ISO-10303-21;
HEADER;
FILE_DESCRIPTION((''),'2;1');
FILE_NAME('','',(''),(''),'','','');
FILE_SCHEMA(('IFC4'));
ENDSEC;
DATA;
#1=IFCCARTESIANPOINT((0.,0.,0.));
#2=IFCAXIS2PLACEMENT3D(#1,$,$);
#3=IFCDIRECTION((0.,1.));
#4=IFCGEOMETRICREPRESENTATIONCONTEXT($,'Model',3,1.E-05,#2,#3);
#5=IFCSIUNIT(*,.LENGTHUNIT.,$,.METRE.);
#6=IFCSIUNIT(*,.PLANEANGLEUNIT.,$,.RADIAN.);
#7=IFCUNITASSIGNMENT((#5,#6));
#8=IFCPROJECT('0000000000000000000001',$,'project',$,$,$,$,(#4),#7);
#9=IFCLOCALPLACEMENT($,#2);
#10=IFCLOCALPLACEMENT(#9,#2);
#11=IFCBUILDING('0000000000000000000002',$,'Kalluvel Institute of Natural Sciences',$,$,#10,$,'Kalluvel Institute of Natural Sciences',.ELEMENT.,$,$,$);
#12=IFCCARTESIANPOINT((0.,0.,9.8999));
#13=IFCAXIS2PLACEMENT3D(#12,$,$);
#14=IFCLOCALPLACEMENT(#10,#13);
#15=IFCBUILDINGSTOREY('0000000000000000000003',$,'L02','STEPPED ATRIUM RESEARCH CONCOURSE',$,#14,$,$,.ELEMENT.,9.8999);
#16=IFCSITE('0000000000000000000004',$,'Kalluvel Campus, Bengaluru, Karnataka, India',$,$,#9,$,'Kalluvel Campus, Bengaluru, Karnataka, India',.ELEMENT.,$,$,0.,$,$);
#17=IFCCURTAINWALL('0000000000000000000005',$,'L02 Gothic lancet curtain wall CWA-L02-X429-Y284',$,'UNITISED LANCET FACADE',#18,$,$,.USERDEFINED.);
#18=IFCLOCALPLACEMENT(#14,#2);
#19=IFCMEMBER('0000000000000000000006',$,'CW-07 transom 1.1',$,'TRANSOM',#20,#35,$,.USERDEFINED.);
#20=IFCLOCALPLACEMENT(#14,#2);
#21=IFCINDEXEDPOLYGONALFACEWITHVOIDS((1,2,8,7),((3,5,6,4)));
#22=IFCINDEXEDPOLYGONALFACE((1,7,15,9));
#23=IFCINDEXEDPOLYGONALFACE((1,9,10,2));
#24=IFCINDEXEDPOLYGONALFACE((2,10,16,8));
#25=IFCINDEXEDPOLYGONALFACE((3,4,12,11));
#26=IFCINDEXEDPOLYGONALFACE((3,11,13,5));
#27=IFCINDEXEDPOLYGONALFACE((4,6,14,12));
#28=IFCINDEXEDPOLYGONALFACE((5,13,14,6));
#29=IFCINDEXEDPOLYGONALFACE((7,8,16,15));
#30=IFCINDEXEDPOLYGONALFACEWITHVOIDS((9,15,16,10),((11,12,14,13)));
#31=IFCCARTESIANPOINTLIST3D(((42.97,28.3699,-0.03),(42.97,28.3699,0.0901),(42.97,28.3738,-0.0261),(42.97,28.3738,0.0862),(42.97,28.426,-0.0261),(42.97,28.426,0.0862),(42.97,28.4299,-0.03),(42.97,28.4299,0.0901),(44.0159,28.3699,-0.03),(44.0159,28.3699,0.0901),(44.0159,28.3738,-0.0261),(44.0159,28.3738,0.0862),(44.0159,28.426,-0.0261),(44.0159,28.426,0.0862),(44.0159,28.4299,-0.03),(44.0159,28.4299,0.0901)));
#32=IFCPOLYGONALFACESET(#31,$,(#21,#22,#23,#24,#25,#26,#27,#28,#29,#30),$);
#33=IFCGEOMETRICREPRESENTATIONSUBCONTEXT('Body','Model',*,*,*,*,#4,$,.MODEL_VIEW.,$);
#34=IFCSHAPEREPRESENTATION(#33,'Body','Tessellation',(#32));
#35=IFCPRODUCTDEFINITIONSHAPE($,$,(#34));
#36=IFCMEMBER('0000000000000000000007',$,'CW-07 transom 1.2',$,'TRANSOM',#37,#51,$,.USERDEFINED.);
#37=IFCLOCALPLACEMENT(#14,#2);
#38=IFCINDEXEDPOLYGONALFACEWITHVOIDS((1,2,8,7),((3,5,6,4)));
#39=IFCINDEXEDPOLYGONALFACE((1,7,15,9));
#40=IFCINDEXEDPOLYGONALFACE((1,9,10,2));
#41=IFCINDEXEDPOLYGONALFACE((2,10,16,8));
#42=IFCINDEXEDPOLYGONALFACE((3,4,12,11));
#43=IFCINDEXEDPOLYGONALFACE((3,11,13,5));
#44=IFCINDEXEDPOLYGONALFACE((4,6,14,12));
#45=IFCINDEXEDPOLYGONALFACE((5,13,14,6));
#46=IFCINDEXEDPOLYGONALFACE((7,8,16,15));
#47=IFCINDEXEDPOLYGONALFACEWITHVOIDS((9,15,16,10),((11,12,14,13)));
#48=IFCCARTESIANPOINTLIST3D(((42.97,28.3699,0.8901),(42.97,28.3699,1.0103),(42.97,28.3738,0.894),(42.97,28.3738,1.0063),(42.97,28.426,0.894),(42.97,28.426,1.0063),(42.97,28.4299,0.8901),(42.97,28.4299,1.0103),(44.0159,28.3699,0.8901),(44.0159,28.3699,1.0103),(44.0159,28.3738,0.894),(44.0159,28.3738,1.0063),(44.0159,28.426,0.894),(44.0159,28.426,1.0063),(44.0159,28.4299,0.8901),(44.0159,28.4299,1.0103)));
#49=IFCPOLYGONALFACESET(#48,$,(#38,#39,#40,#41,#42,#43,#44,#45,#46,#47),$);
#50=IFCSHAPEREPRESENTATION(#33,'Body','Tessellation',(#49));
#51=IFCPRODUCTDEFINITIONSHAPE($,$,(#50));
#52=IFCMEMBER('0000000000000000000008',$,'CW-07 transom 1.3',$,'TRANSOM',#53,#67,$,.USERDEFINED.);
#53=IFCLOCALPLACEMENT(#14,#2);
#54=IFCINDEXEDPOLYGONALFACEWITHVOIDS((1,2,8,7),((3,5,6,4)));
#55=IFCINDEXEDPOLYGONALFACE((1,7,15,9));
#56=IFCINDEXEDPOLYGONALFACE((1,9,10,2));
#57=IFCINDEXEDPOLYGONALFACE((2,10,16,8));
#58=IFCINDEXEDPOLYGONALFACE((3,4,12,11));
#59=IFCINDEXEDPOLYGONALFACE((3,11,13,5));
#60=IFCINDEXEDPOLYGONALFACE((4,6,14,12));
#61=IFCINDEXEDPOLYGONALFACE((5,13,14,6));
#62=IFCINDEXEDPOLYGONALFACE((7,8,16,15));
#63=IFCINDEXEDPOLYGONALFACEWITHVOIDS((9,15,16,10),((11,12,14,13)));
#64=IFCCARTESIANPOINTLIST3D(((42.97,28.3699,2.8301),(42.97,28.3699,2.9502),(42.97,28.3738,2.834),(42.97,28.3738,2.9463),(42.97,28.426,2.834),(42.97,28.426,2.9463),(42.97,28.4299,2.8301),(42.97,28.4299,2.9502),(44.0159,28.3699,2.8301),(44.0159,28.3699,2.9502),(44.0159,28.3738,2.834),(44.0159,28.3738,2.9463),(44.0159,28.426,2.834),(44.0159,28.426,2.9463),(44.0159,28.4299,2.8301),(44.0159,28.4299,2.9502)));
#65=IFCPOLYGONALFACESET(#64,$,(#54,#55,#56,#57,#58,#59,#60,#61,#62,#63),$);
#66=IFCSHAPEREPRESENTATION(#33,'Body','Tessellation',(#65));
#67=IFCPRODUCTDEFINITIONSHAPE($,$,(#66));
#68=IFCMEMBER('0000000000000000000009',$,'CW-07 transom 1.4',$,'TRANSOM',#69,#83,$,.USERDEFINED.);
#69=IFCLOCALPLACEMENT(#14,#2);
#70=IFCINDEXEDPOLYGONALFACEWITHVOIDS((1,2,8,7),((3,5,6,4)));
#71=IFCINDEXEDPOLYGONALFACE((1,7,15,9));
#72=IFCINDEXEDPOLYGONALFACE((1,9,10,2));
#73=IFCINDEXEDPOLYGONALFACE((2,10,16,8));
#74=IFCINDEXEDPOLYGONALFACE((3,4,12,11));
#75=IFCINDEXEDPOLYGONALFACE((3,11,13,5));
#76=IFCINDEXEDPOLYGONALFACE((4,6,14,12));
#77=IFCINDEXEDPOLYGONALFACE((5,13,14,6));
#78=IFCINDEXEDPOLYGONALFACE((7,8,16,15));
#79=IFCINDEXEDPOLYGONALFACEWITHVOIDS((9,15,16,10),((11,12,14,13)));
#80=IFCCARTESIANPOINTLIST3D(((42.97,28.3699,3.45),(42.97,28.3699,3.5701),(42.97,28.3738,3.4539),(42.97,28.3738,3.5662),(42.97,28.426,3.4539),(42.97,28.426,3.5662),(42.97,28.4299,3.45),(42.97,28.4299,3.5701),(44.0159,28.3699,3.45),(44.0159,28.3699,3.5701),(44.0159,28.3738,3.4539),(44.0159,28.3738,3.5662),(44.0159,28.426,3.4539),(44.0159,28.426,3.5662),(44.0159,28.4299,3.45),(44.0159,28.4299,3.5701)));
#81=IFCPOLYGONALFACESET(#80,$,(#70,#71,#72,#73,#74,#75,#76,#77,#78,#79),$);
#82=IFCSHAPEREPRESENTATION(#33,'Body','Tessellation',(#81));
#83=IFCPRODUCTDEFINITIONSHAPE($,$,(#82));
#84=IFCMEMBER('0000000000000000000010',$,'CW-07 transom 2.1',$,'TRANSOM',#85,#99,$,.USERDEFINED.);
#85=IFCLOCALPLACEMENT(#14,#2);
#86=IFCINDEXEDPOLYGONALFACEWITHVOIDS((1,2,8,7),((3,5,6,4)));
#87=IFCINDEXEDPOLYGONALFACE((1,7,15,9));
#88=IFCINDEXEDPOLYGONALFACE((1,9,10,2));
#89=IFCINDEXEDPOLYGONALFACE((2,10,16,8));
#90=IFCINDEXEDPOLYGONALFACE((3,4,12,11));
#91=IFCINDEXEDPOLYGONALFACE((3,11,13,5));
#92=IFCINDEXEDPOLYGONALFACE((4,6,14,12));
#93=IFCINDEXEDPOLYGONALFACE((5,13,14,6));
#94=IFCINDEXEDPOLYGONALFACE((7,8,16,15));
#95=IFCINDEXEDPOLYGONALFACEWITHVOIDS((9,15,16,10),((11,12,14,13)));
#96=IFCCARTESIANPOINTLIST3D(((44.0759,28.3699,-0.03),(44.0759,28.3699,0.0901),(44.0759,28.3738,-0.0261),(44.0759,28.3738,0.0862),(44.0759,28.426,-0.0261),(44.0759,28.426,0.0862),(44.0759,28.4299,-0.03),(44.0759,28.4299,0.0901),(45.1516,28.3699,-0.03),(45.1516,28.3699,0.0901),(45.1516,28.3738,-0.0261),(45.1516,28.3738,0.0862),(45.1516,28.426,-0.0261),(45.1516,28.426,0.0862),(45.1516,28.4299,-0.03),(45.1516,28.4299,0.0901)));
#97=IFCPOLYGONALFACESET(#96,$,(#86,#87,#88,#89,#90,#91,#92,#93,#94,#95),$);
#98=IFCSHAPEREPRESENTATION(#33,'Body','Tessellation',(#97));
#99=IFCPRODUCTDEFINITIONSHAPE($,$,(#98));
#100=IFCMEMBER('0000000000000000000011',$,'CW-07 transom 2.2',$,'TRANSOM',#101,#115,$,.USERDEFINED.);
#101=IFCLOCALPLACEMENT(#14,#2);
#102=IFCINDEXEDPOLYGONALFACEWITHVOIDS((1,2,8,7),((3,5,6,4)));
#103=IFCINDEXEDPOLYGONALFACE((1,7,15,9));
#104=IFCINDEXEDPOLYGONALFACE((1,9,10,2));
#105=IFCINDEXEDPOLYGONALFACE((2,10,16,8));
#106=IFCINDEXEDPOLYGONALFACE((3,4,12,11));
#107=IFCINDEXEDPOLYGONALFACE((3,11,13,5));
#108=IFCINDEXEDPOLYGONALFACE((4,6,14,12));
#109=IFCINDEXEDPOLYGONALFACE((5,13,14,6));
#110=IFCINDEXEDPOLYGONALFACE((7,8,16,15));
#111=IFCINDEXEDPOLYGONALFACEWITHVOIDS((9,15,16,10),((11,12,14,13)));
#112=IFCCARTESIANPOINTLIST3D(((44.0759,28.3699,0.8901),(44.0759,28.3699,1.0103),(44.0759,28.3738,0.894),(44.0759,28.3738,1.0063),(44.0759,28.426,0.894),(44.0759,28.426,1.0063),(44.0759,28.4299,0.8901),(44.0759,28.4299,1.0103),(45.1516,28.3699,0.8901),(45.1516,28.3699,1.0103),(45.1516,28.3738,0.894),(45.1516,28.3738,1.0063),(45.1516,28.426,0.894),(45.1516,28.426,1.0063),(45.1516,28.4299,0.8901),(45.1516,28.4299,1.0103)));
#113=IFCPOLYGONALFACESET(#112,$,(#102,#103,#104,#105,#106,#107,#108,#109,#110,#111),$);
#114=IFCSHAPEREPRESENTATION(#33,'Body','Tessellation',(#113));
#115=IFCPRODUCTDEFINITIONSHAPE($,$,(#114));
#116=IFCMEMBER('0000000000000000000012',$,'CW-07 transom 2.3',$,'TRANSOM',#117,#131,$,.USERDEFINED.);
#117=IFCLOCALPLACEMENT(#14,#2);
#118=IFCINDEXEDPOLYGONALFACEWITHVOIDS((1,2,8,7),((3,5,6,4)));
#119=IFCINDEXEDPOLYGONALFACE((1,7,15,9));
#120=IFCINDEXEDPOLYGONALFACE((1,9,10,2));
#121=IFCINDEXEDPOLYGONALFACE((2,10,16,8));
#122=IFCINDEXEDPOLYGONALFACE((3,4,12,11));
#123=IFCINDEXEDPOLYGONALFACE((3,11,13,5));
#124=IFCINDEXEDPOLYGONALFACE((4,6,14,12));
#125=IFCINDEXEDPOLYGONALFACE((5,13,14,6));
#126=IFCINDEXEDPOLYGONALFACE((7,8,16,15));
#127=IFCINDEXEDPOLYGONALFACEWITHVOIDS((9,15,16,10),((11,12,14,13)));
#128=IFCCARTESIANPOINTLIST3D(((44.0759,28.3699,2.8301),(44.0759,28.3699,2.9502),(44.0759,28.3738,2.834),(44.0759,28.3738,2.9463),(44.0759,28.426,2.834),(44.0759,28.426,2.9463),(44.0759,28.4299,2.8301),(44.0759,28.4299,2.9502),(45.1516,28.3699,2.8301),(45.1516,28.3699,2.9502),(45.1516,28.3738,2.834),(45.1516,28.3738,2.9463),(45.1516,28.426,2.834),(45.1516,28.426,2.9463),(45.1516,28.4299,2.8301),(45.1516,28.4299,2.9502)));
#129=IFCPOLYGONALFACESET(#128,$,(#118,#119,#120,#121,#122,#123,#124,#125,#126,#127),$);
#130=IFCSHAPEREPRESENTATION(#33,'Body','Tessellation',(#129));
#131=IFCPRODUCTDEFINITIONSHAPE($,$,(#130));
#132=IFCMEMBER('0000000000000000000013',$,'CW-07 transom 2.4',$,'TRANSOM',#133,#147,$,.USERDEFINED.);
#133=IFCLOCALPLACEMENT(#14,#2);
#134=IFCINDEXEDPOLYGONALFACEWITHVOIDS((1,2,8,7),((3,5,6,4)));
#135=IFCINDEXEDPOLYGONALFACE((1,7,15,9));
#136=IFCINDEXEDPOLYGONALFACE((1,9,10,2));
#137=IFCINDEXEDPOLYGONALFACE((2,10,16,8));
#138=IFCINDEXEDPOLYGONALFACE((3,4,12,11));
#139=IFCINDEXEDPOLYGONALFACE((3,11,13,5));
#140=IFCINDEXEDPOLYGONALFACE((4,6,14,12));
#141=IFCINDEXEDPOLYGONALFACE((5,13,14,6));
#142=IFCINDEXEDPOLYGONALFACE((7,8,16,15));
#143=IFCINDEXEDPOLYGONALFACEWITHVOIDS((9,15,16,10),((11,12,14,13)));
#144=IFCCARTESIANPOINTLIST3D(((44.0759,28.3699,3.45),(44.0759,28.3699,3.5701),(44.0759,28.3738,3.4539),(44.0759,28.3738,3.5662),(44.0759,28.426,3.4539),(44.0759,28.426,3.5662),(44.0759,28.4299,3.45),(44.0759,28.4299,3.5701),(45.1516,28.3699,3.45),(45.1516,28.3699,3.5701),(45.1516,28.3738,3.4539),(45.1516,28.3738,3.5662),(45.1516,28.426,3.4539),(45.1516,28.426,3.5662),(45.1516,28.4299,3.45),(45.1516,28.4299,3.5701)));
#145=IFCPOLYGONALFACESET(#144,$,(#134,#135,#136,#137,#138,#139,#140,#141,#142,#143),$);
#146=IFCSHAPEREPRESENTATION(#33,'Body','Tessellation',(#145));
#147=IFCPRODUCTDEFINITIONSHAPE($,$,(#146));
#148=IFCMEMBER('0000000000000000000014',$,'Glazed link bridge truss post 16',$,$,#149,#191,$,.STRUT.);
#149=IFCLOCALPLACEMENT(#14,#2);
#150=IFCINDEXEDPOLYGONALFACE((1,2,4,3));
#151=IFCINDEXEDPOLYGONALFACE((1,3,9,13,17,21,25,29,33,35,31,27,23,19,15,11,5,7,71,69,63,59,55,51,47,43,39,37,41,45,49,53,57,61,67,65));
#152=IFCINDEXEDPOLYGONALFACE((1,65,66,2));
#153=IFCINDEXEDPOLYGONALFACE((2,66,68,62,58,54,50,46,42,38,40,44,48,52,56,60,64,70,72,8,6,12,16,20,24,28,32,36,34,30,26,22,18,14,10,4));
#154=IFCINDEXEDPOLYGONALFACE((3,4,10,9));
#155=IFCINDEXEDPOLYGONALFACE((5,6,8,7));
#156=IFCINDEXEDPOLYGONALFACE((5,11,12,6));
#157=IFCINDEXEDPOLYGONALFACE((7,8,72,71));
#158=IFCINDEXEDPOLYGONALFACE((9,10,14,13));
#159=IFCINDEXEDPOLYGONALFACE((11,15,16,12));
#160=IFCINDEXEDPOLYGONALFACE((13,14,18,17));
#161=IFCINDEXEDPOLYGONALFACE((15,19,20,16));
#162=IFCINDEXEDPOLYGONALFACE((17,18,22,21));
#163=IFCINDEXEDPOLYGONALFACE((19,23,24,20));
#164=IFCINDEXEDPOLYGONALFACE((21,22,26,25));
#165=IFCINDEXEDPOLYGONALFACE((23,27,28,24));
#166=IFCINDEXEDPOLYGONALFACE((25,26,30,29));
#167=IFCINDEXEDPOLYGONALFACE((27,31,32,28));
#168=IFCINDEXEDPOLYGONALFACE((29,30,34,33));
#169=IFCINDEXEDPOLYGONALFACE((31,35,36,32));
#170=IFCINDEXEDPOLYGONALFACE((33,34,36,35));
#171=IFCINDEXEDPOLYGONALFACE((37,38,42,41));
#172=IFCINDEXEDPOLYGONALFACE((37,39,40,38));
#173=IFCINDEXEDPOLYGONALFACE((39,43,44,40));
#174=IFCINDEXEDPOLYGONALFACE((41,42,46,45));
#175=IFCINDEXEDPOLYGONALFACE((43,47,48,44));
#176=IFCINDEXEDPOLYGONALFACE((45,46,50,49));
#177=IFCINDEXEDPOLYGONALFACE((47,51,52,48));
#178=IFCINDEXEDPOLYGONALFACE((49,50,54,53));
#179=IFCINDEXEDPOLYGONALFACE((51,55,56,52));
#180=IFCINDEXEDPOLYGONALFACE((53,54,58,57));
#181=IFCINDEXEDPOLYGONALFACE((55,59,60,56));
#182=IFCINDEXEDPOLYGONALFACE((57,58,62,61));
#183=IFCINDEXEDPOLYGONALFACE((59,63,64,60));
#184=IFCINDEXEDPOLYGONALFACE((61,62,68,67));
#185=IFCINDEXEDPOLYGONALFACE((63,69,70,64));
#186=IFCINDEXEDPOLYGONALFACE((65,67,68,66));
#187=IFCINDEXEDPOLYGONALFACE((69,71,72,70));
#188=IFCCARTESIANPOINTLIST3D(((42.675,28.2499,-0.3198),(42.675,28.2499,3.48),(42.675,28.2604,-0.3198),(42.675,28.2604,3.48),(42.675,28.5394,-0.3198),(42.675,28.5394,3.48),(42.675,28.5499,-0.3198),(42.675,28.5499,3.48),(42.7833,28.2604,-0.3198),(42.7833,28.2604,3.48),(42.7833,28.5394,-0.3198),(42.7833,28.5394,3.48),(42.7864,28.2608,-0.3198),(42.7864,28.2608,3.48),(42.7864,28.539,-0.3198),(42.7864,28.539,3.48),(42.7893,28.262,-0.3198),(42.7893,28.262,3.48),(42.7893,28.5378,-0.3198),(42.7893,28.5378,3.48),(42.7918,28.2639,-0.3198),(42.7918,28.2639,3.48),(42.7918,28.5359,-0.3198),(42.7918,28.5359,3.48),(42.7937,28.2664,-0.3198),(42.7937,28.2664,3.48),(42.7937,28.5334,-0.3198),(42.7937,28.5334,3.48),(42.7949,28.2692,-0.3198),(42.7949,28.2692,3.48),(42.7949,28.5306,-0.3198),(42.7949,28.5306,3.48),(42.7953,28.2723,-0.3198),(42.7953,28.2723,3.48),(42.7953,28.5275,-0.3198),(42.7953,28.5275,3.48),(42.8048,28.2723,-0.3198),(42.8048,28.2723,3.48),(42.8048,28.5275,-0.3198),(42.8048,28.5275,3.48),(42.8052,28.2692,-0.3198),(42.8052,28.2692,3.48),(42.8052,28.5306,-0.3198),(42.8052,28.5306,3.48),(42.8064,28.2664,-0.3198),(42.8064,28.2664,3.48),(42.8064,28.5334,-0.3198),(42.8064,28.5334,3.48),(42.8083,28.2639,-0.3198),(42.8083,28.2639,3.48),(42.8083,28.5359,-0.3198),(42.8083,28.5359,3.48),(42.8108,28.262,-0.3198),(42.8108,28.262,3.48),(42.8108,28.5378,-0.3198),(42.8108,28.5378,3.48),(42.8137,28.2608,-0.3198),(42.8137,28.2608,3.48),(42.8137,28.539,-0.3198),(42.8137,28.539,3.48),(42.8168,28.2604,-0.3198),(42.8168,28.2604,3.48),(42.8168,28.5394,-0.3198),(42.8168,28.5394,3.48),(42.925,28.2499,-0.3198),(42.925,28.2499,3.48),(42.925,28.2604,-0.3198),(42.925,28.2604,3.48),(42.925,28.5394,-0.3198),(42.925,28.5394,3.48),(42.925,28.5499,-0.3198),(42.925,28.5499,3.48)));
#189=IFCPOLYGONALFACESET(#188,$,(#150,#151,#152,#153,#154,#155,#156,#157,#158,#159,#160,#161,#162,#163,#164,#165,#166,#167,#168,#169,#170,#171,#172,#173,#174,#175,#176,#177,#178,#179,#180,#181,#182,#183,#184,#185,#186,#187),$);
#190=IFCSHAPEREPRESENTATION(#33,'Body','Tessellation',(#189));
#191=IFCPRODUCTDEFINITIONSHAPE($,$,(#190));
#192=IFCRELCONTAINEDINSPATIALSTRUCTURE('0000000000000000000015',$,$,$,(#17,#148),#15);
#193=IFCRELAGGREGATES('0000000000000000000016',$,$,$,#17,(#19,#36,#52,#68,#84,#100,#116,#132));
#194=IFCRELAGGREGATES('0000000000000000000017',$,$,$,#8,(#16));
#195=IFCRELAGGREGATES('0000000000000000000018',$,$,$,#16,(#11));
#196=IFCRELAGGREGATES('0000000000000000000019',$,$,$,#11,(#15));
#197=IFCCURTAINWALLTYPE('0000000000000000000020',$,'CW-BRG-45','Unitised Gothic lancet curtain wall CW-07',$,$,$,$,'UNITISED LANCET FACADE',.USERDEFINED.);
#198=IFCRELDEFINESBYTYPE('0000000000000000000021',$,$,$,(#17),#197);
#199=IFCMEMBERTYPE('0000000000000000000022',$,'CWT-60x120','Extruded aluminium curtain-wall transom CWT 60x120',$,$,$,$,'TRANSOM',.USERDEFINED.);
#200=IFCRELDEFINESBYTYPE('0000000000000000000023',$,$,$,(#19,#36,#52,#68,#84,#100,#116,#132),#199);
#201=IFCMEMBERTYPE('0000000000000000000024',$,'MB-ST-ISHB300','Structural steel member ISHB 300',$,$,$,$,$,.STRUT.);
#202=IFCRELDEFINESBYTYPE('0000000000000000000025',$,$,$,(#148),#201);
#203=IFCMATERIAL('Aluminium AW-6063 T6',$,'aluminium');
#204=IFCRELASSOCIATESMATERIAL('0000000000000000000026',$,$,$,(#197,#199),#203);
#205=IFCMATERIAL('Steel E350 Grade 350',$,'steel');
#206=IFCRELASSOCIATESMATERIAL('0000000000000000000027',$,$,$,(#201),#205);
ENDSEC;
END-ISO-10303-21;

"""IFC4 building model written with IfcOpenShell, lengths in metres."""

from ifc_helpers import new_model, si_unit, direction, frame, origin, origin_2d, place, context, subcontext, project, spatial, hollow_rectangle, i_section, extrude, material, material_profile, profile_set, type_object, element, aggregate, save


model = new_model("IFC4")

# Units and contexts
model_context = context("Model", 3, precision=1e-05, world=origin(), true_north=direction((0.0, 1.0)))
body_context = subcontext(model_context, "Body", "Model", "MODEL_VIEW")
ifc_project = project(units=[si_unit("LENGTHUNIT", "METRE"), si_unit("PLANEANGLEUNIT", "RADIAN")], contexts=[model_context])

# Site, building, storey
site_placement = place(None, origin())
site = spatial("IfcSite", under=ifc_project, at=site_placement, Name="Kalluvel Campus, Bengaluru, Karnataka, India", LongName="Kalluvel Campus, Bengaluru, Karnataka, India", CompositionType="ELEMENT", RefElevation=0.0)
building_placement = place(site_placement, origin())
building = spatial("IfcBuilding", under=site, at=building_placement, Name="Kalluvel Institute of Natural Sciences", LongName="Kalluvel Institute of Natural Sciences", CompositionType="ELEMENT")
storey_placement = place(building_placement, frame((0.0, 0.0, 9.8999)))
storey = spatial("IfcBuildingStorey", under=building, at=storey_placement, Name="L02", Description="STEPPED ATRIUM RESEARCH CONCOURSE", CompositionType="ELEMENT", Elevation=9.8999)

# Shared definitions
ifc_material_1 = material(Name="Steel E350 Grade 350", Category="steel")

# Shared definitions
ifc_material_2 = material(Name="Aluminium AW-6063 T6", Category="aluminium")
curtain_wall_type = type_object("IfcCurtainWallType", Name="CW-BRG-45", Description="Unitised Gothic lancet curtain wall CW-07", ElementType="UNITISED LANCET FACADE", PredefinedType="USERDEFINED", material=ifc_material_2)

# Curtain wall
curtain_wall_1_placement = place(storey_placement, origin())
curtain_wall_1 = element("IfcCurtainWall", 1, at=curtain_wall_1_placement, inside=storey, type_object=curtain_wall_type, Name="L02 Gothic lancet curtain wall CWA-L02-X429-Y284", ObjectType="UNITISED LANCET FACADE", PredefinedType="USERDEFINED")

# Members
ifc_material_profile_1 = material_profile(ifc_material_2, hollow_rectangle(XDim=0.0601, YDim=0.1201, WallThickness=0.0039, at=origin_2d()), Name="CWT 60x120")
ifc_profile_set_1 = profile_set([ifc_material_profile_1], Name="Aluminium AW-6063 T6")
member_type_1 = type_object("IfcMemberType", Name="CWT-60x120", Description="Extruded aluminium curtain-wall transom CWT 60x120", ElementType="TRANSOM", PredefinedType="USERDEFINED", material=ifc_profile_set_1)
member_1_placement = place(storey_placement, frame((42.97, 28.3999, 0.03), z_axis=(1.0, 0.0, 0.0), x_axis=(0.0, 1.0, 0.0)))
member_1 = element("IfcMember", 2, at=member_1_placement, type_object=member_type_1, Name="CW-07 transom 1.1", ObjectType="TRANSOM", PredefinedType="USERDEFINED", context=body_context, shape_type="SweptSolid", body=[
    extrude(hollow_rectangle(XDim=0.0601, YDim=0.1201, WallThickness=0.0039, at=origin_2d()), origin(), (0.0, 0.0, 1.0), 1.0459),
])
member_2_placement = place(storey_placement, frame((42.97, 28.3999, 0.9502), z_axis=(1.0, 0.0, 0.0), x_axis=(0.0, 1.0, 0.0)))
member_2 = element("IfcMember", 3, at=member_2_placement, type_object=member_type_1, Name="CW-07 transom 1.2", ObjectType="TRANSOM", PredefinedType="USERDEFINED", context=body_context, shape_type="SweptSolid", body=[
    extrude(hollow_rectangle(XDim=0.0601, YDim=0.1201, WallThickness=0.0039, at=origin_2d()), origin(), (0.0, 0.0, 1.0), 1.0459),
])
member_3_placement = place(storey_placement, frame((42.97, 28.3999, 2.8901), z_axis=(1.0, 0.0, 0.0), x_axis=(0.0, 1.0, 0.0)))
member_3 = element("IfcMember", 4, at=member_3_placement, type_object=member_type_1, Name="CW-07 transom 1.3", ObjectType="TRANSOM", PredefinedType="USERDEFINED", context=body_context, shape_type="SweptSolid", body=[
    extrude(hollow_rectangle(XDim=0.0601, YDim=0.1201, WallThickness=0.0039, at=origin_2d()), origin(), (0.0, 0.0, 1.0), 1.0459),
])
member_4_placement = place(storey_placement, frame((42.97, 28.3999, 3.51), z_axis=(1.0, 0.0, 0.0), x_axis=(0.0, 1.0, 0.0)))
member_4 = element("IfcMember", 5, at=member_4_placement, type_object=member_type_1, Name="CW-07 transom 1.4", ObjectType="TRANSOM", PredefinedType="USERDEFINED", context=body_context, shape_type="SweptSolid", body=[
    extrude(hollow_rectangle(XDim=0.0601, YDim=0.1201, WallThickness=0.0039, at=origin_2d()), origin(), (0.0, 0.0, 1.0), 1.0459),
])
member_5_placement = place(storey_placement, frame((44.0759, 28.3999, 0.03), z_axis=(1.0, 0.0, 0.0), x_axis=(0.0, 1.0, 0.0)))
member_5 = element("IfcMember", 6, at=member_5_placement, type_object=member_type_1, Name="CW-07 transom 2.1", ObjectType="TRANSOM", PredefinedType="USERDEFINED", context=body_context, shape_type="SweptSolid", body=[
    extrude(hollow_rectangle(XDim=0.0601, YDim=0.1201, WallThickness=0.0039, at=origin_2d()), origin(), (0.0, 0.0, 1.0), 1.0757),
])
member_6_placement = place(storey_placement, frame((44.0759, 28.3999, 0.9502), z_axis=(1.0, 0.0, 0.0), x_axis=(0.0, 1.0, 0.0)))
member_6 = element("IfcMember", 7, at=member_6_placement, type_object=member_type_1, Name="CW-07 transom 2.2", ObjectType="TRANSOM", PredefinedType="USERDEFINED", context=body_context, shape_type="SweptSolid", body=[
    extrude(hollow_rectangle(XDim=0.0601, YDim=0.1201, WallThickness=0.0039, at=origin_2d()), origin(), (0.0, 0.0, 1.0), 1.0757),
])
member_7_placement = place(storey_placement, frame((44.0759, 28.3999, 2.8901), z_axis=(1.0, 0.0, 0.0), x_axis=(0.0, 1.0, 0.0)))
member_7 = element("IfcMember", 8, at=member_7_placement, type_object=member_type_1, Name="CW-07 transom 2.3", ObjectType="TRANSOM", PredefinedType="USERDEFINED", context=body_context, shape_type="SweptSolid", body=[
    extrude(hollow_rectangle(XDim=0.0601, YDim=0.1201, WallThickness=0.0039, at=origin_2d()), origin(), (0.0, 0.0, 1.0), 1.0757),
])
member_8_placement = place(storey_placement, frame((44.0759, 28.3999, 3.51), z_axis=(1.0, 0.0, 0.0), x_axis=(0.0, 1.0, 0.0)))
member_8 = element("IfcMember", 9, at=member_8_placement, type_object=member_type_1, Name="CW-07 transom 2.4", ObjectType="TRANSOM", PredefinedType="USERDEFINED", context=body_context, shape_type="SweptSolid", body=[
    extrude(hollow_rectangle(XDim=0.0601, YDim=0.1201, WallThickness=0.0039, at=origin_2d()), origin(), (0.0, 0.0, 1.0), 1.0757),
])
ifc_material_profile_2 = material_profile(ifc_material_1, i_section(OverallWidth=0.25, OverallDepth=0.3, WebThickness=0.0095, FlangeThickness=0.0105, FilletRadius=0.012, at=origin_2d()), Name="ISHB 300")
ifc_profile_set_2 = profile_set([ifc_material_profile_2], Name="Steel E350 Grade 350")
member_type_2 = type_object("IfcMemberType", Name="MB-ST-ISHB300", Description="Structural steel member ISHB 300", PredefinedType="STRUT", material=ifc_profile_set_2)
member_9_placement = place(storey_placement, frame((42.8, 28.3999, -0.3198), z_axis=(0.0, 0.0, 1.0), x_axis=(1.0, 0.0, 0.0)))
element("IfcMember", 10, at=member_9_placement, inside=storey, type_object=member_type_2, Name="Glazed link bridge truss post 16", PredefinedType="STRUT", context=body_context, shape_type="SweptSolid", body=[
    extrude(i_section(OverallWidth=0.25, OverallDepth=0.3, WebThickness=0.0095, FlangeThickness=0.0105, FilletRadius=0.012, at=origin_2d()), origin(), (0.0, 0.0, 1.0), 3.7998),
])

aggregate(curtain_wall_1, [member_1, member_2, member_3, member_4, member_5, member_6, member_7, member_8])

save(model, "model.ifc")
